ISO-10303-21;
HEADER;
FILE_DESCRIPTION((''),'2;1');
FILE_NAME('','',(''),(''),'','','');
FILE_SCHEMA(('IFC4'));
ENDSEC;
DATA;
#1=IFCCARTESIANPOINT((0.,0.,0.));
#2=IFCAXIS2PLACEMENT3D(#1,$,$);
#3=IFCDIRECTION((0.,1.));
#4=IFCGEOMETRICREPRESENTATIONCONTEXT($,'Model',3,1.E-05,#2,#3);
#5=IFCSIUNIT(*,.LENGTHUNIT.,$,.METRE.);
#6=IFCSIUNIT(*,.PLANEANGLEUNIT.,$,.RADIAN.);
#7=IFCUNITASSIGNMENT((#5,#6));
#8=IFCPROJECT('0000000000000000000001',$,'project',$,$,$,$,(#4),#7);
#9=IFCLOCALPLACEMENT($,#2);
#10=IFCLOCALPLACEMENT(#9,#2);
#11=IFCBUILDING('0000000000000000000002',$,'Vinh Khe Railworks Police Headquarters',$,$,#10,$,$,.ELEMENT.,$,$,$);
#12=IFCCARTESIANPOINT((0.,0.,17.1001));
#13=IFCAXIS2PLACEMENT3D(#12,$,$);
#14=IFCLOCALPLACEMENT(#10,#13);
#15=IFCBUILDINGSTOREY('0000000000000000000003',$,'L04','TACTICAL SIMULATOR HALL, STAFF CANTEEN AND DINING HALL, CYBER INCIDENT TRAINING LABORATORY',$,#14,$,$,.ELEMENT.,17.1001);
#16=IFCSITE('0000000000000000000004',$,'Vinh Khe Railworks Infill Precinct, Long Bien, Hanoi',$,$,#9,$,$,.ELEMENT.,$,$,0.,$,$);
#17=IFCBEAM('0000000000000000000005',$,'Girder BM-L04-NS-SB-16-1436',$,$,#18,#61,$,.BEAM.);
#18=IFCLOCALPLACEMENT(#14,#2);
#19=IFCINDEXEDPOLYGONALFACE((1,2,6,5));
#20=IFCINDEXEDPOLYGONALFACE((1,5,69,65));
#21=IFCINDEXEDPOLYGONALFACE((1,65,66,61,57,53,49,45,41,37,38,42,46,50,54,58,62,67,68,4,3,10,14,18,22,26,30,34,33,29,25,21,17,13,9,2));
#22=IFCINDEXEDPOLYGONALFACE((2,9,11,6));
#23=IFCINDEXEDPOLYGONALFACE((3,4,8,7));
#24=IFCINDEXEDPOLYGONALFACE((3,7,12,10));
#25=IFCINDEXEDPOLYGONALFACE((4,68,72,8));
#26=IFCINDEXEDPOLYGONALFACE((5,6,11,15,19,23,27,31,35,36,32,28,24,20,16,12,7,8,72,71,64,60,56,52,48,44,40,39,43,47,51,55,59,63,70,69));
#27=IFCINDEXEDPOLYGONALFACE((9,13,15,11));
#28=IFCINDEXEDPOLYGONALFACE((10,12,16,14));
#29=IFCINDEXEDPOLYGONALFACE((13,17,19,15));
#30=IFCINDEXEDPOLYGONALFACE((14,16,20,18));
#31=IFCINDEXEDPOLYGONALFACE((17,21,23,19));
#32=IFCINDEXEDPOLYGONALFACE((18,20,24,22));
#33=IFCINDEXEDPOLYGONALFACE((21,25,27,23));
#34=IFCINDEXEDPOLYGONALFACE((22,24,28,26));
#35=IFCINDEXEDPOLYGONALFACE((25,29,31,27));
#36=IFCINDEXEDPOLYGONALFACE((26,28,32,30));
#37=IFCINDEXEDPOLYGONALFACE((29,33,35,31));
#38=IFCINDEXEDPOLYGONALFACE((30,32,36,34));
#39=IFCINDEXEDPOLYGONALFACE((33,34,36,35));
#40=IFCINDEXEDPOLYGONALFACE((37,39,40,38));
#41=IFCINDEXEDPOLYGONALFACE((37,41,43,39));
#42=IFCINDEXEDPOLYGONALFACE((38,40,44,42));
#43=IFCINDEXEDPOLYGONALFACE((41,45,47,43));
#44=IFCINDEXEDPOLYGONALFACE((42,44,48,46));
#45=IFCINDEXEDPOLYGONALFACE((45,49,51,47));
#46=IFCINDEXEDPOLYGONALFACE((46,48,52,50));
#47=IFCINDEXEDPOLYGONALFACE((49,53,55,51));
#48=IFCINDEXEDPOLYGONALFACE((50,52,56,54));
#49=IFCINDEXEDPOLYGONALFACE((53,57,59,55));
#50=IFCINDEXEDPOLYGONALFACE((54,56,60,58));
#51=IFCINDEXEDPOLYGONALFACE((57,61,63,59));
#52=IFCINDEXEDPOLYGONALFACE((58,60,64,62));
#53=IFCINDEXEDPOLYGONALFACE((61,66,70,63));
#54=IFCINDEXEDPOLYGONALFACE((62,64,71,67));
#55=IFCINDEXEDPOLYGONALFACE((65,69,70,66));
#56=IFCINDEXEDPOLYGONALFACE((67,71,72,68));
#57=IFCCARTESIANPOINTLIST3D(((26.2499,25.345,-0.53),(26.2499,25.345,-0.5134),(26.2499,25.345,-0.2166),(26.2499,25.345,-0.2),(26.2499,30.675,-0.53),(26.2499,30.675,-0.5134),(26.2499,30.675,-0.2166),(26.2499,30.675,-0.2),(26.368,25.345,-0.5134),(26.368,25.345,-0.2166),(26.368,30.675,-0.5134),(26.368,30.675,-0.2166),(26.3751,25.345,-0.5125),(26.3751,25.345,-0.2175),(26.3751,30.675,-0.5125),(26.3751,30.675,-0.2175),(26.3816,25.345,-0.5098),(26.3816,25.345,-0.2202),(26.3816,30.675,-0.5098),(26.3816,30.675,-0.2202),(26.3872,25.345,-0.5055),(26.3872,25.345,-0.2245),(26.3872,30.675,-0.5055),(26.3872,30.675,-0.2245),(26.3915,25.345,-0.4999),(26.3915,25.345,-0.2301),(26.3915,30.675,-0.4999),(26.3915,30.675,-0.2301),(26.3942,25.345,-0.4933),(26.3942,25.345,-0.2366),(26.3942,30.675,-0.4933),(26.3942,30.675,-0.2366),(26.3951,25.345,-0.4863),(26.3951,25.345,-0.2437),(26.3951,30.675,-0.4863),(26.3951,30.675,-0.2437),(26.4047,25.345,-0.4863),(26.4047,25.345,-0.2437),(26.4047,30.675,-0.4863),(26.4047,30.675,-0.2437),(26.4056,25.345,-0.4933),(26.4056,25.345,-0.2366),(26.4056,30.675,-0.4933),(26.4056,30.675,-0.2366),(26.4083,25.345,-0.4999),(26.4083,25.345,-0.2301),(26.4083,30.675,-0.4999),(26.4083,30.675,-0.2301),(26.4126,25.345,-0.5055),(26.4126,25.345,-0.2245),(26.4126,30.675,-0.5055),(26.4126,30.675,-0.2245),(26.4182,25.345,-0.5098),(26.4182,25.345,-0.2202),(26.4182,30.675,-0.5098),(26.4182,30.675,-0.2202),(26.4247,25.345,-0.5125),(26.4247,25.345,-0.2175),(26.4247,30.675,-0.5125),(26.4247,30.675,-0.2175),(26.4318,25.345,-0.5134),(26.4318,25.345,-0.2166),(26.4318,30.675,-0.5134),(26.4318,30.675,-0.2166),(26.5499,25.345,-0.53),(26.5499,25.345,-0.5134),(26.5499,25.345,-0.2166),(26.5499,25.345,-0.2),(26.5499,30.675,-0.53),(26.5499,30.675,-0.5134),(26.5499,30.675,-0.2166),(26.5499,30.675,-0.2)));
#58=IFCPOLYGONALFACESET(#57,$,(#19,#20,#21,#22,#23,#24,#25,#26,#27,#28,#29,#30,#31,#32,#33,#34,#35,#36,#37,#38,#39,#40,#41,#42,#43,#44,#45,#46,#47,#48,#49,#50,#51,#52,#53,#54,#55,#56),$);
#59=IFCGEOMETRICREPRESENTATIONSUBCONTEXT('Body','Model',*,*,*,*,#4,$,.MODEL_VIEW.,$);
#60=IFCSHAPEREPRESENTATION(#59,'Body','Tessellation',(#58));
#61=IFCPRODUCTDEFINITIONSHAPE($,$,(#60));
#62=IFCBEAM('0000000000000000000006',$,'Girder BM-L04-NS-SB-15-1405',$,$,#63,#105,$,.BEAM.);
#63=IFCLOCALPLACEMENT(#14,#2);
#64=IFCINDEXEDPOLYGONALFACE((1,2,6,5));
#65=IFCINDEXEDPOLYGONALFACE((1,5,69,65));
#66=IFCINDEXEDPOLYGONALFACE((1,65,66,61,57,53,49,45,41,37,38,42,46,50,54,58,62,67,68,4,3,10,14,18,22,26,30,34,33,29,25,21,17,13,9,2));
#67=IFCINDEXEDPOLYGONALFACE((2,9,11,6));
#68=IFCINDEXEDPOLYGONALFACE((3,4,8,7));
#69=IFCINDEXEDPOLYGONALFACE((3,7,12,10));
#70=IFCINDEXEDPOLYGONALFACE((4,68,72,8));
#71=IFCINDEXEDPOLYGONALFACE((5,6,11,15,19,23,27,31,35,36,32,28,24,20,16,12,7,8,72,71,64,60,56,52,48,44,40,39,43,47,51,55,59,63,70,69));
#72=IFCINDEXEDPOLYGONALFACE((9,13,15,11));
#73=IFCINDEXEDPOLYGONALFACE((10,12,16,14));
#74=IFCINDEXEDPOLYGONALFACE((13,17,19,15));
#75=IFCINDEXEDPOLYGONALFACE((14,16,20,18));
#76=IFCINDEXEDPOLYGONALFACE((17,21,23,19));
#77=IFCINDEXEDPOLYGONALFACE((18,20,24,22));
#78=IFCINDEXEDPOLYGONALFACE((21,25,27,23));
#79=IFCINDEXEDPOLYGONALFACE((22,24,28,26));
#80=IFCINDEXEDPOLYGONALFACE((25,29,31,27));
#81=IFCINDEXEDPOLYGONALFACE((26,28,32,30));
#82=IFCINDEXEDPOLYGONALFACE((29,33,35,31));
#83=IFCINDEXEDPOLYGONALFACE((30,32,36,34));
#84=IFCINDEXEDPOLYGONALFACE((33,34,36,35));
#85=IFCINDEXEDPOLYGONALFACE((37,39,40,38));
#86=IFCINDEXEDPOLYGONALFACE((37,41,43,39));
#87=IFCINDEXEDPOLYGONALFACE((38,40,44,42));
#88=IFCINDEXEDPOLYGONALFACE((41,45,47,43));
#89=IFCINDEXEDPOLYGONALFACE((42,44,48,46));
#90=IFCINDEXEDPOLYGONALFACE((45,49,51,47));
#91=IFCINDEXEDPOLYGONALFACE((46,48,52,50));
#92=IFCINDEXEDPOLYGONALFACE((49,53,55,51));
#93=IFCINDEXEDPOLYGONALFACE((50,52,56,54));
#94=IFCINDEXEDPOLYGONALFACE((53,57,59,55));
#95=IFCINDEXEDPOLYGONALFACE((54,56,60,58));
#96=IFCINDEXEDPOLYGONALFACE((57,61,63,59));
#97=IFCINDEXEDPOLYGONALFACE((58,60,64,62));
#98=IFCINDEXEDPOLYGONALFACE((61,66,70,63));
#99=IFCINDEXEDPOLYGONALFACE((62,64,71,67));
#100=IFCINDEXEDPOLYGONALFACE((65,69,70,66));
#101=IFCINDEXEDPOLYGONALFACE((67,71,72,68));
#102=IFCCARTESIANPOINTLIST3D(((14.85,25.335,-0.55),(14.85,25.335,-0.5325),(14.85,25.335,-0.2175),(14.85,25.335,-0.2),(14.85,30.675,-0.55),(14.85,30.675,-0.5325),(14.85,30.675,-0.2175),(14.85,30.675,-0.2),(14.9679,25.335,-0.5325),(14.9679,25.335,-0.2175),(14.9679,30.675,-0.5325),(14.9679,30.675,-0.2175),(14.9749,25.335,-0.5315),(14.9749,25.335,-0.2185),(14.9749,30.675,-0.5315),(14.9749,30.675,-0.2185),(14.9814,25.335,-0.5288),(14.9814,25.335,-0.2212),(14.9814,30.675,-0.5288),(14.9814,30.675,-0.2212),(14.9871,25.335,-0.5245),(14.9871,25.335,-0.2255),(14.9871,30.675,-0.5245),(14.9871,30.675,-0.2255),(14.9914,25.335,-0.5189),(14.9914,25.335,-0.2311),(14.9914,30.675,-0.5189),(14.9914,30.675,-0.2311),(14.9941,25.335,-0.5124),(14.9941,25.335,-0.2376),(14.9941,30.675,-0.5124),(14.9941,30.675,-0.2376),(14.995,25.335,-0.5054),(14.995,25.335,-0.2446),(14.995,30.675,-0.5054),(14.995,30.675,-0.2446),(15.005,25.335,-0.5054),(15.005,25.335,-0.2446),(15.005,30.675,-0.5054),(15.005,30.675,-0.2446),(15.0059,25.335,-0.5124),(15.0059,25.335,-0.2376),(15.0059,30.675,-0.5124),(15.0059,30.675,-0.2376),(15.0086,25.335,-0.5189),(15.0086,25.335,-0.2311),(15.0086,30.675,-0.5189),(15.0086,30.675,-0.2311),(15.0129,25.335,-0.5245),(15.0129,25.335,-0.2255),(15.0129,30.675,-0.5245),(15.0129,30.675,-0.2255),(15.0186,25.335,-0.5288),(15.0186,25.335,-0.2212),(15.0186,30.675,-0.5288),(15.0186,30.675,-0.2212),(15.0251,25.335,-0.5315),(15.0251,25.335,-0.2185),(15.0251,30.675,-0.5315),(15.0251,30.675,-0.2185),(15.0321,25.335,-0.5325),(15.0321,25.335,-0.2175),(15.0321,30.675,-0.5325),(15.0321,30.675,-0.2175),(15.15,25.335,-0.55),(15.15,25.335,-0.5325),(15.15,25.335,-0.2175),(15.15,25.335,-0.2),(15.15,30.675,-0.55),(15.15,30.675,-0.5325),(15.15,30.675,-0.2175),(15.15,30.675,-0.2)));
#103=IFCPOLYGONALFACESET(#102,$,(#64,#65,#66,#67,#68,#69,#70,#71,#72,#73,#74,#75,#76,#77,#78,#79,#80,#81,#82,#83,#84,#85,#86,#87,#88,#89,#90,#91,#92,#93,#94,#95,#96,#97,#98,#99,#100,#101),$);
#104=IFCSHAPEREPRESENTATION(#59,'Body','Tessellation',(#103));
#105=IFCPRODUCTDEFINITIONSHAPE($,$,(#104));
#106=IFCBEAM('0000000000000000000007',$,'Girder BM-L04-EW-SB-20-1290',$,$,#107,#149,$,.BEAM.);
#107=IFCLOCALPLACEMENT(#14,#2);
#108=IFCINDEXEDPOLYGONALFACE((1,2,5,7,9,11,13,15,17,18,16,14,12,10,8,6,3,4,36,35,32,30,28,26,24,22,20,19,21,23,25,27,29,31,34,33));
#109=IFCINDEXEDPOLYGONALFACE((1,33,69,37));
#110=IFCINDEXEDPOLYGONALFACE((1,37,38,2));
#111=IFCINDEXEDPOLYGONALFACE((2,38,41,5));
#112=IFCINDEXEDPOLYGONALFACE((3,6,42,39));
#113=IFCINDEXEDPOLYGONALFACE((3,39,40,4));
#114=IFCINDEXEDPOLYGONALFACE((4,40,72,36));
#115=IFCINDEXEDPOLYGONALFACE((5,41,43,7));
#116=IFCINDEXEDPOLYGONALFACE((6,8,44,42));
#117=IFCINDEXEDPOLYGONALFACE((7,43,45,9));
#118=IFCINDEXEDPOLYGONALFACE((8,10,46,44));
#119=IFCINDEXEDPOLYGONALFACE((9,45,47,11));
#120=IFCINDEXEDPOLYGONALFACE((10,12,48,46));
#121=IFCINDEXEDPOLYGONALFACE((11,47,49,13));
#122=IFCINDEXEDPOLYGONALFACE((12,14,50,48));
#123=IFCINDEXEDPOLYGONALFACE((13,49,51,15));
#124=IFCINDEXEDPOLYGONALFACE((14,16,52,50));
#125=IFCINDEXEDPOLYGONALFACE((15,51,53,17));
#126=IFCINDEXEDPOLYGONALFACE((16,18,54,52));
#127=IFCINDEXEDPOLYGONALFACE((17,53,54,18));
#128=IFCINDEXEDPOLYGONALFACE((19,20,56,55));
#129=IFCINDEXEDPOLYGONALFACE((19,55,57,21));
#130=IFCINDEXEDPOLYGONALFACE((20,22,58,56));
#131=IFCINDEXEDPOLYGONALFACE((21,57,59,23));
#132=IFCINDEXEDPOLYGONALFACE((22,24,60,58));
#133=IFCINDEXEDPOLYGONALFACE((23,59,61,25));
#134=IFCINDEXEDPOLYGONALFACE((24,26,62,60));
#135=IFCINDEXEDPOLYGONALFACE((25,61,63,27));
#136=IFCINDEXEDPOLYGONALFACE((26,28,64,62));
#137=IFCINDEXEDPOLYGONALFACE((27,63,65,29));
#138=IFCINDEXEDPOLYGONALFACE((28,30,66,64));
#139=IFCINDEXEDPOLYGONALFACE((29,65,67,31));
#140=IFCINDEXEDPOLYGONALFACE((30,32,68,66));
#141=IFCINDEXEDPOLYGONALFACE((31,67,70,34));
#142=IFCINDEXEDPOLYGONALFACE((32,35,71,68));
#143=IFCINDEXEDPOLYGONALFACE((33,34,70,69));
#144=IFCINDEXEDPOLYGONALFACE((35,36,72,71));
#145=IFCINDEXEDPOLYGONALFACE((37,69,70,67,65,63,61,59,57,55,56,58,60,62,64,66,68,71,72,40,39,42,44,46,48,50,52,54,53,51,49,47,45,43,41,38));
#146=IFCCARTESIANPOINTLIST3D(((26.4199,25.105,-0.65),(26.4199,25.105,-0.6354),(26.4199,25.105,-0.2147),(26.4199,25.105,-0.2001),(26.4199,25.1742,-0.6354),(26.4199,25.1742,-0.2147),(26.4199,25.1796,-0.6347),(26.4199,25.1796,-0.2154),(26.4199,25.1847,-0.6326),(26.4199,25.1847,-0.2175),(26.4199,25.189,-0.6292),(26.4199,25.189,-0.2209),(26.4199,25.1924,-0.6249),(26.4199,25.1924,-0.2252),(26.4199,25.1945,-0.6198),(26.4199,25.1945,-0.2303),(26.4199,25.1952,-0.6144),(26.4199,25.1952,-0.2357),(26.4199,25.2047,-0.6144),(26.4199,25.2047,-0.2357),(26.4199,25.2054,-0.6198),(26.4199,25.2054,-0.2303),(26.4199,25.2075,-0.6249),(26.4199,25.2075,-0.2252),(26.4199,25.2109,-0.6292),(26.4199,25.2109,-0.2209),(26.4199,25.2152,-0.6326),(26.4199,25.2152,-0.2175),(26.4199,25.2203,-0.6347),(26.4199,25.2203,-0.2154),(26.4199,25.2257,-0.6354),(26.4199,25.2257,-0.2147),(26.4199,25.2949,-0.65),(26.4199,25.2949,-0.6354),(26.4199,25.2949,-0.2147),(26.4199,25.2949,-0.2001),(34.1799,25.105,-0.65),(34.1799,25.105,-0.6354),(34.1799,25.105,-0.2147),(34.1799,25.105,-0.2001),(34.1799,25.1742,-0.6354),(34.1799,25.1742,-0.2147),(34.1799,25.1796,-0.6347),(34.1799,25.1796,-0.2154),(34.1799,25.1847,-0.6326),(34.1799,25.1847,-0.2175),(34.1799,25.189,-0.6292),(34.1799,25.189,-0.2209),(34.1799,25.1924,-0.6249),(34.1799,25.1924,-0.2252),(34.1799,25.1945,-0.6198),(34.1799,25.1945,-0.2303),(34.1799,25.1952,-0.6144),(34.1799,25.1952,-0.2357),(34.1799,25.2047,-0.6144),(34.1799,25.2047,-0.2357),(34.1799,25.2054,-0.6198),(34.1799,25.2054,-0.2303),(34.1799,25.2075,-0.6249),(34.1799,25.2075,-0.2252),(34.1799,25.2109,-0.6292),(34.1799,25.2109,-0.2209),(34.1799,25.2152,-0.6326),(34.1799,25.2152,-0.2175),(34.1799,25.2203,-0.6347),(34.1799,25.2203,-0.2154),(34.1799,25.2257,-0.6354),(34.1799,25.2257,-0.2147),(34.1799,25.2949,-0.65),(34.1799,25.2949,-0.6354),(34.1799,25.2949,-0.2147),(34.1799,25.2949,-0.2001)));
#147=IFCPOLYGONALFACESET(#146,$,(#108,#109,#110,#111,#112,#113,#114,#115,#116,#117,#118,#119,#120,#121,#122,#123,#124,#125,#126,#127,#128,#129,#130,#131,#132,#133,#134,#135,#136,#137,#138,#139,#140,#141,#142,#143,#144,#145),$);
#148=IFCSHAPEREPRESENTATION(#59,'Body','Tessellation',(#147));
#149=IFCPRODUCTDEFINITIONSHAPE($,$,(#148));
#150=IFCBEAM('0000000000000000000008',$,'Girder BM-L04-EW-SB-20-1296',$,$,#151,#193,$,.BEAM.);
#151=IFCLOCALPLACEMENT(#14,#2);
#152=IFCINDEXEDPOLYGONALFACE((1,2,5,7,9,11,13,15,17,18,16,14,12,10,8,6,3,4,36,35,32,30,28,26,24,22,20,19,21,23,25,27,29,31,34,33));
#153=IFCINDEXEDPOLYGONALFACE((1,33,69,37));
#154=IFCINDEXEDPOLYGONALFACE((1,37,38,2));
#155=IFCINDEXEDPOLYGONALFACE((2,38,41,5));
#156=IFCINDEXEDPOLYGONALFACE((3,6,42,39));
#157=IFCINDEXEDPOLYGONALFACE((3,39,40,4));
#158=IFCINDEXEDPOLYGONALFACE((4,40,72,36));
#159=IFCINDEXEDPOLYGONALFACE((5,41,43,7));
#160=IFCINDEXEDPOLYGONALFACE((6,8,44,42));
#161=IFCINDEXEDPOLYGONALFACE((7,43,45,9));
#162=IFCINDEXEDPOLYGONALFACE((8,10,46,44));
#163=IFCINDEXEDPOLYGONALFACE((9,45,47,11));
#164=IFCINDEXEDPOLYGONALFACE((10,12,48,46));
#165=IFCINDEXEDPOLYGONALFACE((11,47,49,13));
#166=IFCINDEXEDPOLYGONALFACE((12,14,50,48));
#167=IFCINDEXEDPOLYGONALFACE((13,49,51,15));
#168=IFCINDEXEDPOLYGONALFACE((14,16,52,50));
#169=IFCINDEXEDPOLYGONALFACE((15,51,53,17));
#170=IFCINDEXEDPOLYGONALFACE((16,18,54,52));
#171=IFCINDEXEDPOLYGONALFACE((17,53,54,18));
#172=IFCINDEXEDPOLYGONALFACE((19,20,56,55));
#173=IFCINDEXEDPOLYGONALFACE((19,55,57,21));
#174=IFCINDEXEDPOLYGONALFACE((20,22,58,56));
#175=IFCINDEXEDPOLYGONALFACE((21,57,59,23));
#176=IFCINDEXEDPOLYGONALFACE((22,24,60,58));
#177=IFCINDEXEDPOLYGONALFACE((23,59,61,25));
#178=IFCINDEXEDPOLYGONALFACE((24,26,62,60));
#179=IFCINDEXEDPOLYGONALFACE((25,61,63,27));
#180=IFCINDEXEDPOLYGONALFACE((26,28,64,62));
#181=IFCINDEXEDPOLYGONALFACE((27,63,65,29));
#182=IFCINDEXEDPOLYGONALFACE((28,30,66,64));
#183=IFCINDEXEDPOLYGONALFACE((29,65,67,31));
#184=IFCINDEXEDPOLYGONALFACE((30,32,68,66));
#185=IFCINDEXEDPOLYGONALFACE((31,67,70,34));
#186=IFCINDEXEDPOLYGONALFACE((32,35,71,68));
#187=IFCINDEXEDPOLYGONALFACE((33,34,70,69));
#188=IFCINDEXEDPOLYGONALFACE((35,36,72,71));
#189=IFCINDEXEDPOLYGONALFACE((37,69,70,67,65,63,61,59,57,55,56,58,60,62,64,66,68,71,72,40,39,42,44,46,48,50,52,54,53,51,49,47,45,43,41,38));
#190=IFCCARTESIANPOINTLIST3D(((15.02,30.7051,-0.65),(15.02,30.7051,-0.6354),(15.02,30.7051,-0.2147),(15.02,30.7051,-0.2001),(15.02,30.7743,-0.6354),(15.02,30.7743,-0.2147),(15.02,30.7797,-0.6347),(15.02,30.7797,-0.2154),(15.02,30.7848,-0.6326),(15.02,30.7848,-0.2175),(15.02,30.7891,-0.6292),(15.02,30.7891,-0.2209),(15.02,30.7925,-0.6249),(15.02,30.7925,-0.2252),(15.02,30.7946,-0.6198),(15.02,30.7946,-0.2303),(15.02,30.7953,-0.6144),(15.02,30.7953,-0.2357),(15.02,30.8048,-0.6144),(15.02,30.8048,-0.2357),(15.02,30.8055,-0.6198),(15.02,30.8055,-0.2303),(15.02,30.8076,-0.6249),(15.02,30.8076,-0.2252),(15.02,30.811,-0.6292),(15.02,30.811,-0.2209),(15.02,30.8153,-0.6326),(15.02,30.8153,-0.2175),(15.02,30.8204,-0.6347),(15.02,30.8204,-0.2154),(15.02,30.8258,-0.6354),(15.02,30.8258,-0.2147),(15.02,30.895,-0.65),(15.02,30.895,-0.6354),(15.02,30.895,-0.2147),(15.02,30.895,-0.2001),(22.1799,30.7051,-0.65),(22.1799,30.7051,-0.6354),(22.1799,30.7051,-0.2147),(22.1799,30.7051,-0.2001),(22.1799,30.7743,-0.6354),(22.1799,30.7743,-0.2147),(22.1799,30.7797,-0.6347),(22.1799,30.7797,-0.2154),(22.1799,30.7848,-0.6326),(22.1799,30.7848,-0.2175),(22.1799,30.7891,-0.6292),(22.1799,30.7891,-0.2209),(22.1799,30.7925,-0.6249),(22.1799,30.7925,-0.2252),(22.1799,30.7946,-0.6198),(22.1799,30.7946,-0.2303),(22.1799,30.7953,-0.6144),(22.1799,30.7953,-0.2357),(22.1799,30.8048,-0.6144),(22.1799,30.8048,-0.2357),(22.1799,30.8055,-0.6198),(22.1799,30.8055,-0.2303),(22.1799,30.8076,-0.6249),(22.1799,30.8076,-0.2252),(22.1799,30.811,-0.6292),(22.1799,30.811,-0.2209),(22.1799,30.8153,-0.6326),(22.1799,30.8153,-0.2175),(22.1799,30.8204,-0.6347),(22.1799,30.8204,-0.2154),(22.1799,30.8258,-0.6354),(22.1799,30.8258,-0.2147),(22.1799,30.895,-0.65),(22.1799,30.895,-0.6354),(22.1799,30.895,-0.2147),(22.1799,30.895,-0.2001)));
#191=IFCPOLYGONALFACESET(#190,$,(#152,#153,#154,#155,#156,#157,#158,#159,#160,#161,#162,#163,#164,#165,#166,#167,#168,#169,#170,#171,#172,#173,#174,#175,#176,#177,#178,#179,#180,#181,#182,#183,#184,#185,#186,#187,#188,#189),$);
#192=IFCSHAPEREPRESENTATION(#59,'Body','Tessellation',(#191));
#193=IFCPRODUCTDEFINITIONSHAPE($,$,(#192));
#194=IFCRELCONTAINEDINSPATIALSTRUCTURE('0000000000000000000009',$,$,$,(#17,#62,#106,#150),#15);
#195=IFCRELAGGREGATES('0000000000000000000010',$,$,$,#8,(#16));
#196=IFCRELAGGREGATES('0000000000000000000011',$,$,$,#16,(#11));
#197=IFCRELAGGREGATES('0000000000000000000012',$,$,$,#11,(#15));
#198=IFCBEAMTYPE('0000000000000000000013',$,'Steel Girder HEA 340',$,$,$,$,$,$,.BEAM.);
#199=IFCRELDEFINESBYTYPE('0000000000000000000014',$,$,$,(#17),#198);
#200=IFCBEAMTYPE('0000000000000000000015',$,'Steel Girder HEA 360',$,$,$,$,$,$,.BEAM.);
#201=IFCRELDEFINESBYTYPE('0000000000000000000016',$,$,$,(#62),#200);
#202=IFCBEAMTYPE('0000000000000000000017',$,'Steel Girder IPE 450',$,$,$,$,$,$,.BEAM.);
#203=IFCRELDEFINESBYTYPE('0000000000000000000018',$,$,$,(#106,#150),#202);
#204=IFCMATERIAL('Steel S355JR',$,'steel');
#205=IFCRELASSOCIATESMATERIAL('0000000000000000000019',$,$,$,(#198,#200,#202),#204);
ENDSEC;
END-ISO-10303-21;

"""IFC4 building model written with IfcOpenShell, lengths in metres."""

from ifc_helpers import new_model, si_unit, direction, frame, origin, origin_2d, place, context, subcontext, project, spatial, i_section, extrude, material, material_profile, profile_set, type_object, element, save


model = new_model("IFC4")

# Units and contexts
model_context = context("Model", 3, precision=1e-05, world=origin(), true_north=direction((0.0, 1.0)))
body_context = subcontext(model_context, "Body", "Model", "MODEL_VIEW")
ifc_project = project(units=[si_unit("LENGTHUNIT", "METRE"), si_unit("PLANEANGLEUNIT", "RADIAN")], contexts=[model_context])

# Site, building, storey
site_placement = place(None, origin())
site = spatial("IfcSite", under=ifc_project, at=site_placement, Name="Vinh Khe Railworks Infill Precinct, Long Bien, Hanoi", CompositionType="ELEMENT", RefElevation=0.0)
building_placement = place(site_placement, origin())
building = spatial("IfcBuilding", under=site, at=building_placement, Name="Vinh Khe Railworks Police Headquarters", CompositionType="ELEMENT")
storey_placement = place(building_placement, frame((0.0, 0.0, 17.1001)))
storey = spatial("IfcBuildingStorey", under=building, at=storey_placement, Name="L04", Description="TACTICAL SIMULATOR HALL, STAFF CANTEEN AND DINING HALL, CYBER INCIDENT TRAINING LABORATORY", CompositionType="ELEMENT", Elevation=17.1001)

# Shared definitions
ifc_material_1 = material(Name="Steel S355JR", Category="steel")

# Beams
ifc_material_profile_1 = material_profile(ifc_material_1, i_section(OverallWidth=0.3, OverallDepth=0.3301, WebThickness=0.0095, FlangeThickness=0.0166, FilletRadius=0.0271, at=origin_2d()), Name="HEA 340")
ifc_profile_set_1 = profile_set([ifc_material_profile_1], Name="Steel S355JR")
beam_type_1 = type_object("IfcBeamType", Name="Steel Girder HEA 340", PredefinedType="BEAM", material=ifc_profile_set_1)
beam_1_placement = place(storey_placement, frame((26.3999, 25.345, -0.365), z_axis=(0.0, 1.0, 0.0), x_axis=(-1.0, 0.0, 0.0)))
element("IfcBeam", 1, at=beam_1_placement, inside=storey, type_object=beam_type_1, Name="Girder BM-L04-NS-SB-16-1436", PredefinedType="BEAM", context=body_context, shape_type="SweptSolid", body=[
    extrude(i_section(OverallWidth=0.3, OverallDepth=0.3301, WebThickness=0.0095, FlangeThickness=0.0166, FilletRadius=0.0271, at=origin_2d()), origin(), (0.0, 0.0, 1.0), 5.3301),
])
ifc_material_profile_2 = material_profile(ifc_material_1, i_section(OverallWidth=0.3, OverallDepth=0.3501, WebThickness=0.01, FlangeThickness=0.0176, FilletRadius=0.0271, at=origin_2d()), Name="HEA 360")
ifc_profile_set_2 = profile_set([ifc_material_profile_2], Name="Steel S355JR")
beam_type_2 = type_object("IfcBeamType", Name="Steel Girder HEA 360", PredefinedType="BEAM", material=ifc_profile_set_2)
beam_2_placement = place(storey_placement, frame((15.0, 25.335, -0.375), z_axis=(0.0, 1.0, 0.0), x_axis=(-1.0, 0.0, 0.0)))
element("IfcBeam", 2, at=beam_2_placement, inside=storey, type_object=beam_type_2, Name="Girder BM-L04-NS-SB-15-1405", PredefinedType="BEAM", context=body_context, shape_type="SweptSolid", body=[
    extrude(i_section(OverallWidth=0.3, OverallDepth=0.3501, WebThickness=0.01, FlangeThickness=0.0176, FilletRadius=0.0271, at=origin_2d()), origin(), (0.0, 0.0, 1.0), 5.3401),
])
ifc_material_profile_3 = material_profile(ifc_material_1, i_section(OverallWidth=0.1899, OverallDepth=0.45, WebThickness=0.0095, FlangeThickness=0.0146, FilletRadius=0.021, at=origin_2d()), Name="IPE 450")
ifc_profile_set_3 = profile_set([ifc_material_profile_3], Name="Steel S355JR")
beam_type_3 = type_object("IfcBeamType", Name="Steel Girder IPE 450", PredefinedType="BEAM", material=ifc_profile_set_3)
beam_3_placement = place(storey_placement, frame((26.4199, 25.2, -0.425), z_axis=(1.0, 0.0, 0.0), x_axis=(0.0, 1.0, 0.0)))
element("IfcBeam", 3, at=beam_3_placement, inside=storey, type_object=beam_type_3, Name="Girder BM-L04-EW-SB-20-1290", PredefinedType="BEAM", context=body_context, shape_type="SweptSolid", body=[
    extrude(i_section(OverallWidth=0.1899, OverallDepth=0.45, WebThickness=0.0095, FlangeThickness=0.0146, FilletRadius=0.021, at=origin_2d()), origin(), (0.0, 0.0, 1.0), 7.76),
])
beam_4_placement = place(storey_placement, frame((15.02, 30.8, -0.425), z_axis=(1.0, 0.0, 0.0), x_axis=(0.0, 1.0, 0.0)))
element("IfcBeam", 4, at=beam_4_placement, inside=storey, type_object=beam_type_3, Name="Girder BM-L04-EW-SB-20-1296", PredefinedType="BEAM", context=body_context, shape_type="SweptSolid", body=[
    extrude(i_section(OverallWidth=0.1899, OverallDepth=0.45, WebThickness=0.0095, FlangeThickness=0.0146, FilletRadius=0.021, at=origin_2d()), origin(), (0.0, 0.0, 1.0), 7.1599),
])

save(model, "model.ifc")
